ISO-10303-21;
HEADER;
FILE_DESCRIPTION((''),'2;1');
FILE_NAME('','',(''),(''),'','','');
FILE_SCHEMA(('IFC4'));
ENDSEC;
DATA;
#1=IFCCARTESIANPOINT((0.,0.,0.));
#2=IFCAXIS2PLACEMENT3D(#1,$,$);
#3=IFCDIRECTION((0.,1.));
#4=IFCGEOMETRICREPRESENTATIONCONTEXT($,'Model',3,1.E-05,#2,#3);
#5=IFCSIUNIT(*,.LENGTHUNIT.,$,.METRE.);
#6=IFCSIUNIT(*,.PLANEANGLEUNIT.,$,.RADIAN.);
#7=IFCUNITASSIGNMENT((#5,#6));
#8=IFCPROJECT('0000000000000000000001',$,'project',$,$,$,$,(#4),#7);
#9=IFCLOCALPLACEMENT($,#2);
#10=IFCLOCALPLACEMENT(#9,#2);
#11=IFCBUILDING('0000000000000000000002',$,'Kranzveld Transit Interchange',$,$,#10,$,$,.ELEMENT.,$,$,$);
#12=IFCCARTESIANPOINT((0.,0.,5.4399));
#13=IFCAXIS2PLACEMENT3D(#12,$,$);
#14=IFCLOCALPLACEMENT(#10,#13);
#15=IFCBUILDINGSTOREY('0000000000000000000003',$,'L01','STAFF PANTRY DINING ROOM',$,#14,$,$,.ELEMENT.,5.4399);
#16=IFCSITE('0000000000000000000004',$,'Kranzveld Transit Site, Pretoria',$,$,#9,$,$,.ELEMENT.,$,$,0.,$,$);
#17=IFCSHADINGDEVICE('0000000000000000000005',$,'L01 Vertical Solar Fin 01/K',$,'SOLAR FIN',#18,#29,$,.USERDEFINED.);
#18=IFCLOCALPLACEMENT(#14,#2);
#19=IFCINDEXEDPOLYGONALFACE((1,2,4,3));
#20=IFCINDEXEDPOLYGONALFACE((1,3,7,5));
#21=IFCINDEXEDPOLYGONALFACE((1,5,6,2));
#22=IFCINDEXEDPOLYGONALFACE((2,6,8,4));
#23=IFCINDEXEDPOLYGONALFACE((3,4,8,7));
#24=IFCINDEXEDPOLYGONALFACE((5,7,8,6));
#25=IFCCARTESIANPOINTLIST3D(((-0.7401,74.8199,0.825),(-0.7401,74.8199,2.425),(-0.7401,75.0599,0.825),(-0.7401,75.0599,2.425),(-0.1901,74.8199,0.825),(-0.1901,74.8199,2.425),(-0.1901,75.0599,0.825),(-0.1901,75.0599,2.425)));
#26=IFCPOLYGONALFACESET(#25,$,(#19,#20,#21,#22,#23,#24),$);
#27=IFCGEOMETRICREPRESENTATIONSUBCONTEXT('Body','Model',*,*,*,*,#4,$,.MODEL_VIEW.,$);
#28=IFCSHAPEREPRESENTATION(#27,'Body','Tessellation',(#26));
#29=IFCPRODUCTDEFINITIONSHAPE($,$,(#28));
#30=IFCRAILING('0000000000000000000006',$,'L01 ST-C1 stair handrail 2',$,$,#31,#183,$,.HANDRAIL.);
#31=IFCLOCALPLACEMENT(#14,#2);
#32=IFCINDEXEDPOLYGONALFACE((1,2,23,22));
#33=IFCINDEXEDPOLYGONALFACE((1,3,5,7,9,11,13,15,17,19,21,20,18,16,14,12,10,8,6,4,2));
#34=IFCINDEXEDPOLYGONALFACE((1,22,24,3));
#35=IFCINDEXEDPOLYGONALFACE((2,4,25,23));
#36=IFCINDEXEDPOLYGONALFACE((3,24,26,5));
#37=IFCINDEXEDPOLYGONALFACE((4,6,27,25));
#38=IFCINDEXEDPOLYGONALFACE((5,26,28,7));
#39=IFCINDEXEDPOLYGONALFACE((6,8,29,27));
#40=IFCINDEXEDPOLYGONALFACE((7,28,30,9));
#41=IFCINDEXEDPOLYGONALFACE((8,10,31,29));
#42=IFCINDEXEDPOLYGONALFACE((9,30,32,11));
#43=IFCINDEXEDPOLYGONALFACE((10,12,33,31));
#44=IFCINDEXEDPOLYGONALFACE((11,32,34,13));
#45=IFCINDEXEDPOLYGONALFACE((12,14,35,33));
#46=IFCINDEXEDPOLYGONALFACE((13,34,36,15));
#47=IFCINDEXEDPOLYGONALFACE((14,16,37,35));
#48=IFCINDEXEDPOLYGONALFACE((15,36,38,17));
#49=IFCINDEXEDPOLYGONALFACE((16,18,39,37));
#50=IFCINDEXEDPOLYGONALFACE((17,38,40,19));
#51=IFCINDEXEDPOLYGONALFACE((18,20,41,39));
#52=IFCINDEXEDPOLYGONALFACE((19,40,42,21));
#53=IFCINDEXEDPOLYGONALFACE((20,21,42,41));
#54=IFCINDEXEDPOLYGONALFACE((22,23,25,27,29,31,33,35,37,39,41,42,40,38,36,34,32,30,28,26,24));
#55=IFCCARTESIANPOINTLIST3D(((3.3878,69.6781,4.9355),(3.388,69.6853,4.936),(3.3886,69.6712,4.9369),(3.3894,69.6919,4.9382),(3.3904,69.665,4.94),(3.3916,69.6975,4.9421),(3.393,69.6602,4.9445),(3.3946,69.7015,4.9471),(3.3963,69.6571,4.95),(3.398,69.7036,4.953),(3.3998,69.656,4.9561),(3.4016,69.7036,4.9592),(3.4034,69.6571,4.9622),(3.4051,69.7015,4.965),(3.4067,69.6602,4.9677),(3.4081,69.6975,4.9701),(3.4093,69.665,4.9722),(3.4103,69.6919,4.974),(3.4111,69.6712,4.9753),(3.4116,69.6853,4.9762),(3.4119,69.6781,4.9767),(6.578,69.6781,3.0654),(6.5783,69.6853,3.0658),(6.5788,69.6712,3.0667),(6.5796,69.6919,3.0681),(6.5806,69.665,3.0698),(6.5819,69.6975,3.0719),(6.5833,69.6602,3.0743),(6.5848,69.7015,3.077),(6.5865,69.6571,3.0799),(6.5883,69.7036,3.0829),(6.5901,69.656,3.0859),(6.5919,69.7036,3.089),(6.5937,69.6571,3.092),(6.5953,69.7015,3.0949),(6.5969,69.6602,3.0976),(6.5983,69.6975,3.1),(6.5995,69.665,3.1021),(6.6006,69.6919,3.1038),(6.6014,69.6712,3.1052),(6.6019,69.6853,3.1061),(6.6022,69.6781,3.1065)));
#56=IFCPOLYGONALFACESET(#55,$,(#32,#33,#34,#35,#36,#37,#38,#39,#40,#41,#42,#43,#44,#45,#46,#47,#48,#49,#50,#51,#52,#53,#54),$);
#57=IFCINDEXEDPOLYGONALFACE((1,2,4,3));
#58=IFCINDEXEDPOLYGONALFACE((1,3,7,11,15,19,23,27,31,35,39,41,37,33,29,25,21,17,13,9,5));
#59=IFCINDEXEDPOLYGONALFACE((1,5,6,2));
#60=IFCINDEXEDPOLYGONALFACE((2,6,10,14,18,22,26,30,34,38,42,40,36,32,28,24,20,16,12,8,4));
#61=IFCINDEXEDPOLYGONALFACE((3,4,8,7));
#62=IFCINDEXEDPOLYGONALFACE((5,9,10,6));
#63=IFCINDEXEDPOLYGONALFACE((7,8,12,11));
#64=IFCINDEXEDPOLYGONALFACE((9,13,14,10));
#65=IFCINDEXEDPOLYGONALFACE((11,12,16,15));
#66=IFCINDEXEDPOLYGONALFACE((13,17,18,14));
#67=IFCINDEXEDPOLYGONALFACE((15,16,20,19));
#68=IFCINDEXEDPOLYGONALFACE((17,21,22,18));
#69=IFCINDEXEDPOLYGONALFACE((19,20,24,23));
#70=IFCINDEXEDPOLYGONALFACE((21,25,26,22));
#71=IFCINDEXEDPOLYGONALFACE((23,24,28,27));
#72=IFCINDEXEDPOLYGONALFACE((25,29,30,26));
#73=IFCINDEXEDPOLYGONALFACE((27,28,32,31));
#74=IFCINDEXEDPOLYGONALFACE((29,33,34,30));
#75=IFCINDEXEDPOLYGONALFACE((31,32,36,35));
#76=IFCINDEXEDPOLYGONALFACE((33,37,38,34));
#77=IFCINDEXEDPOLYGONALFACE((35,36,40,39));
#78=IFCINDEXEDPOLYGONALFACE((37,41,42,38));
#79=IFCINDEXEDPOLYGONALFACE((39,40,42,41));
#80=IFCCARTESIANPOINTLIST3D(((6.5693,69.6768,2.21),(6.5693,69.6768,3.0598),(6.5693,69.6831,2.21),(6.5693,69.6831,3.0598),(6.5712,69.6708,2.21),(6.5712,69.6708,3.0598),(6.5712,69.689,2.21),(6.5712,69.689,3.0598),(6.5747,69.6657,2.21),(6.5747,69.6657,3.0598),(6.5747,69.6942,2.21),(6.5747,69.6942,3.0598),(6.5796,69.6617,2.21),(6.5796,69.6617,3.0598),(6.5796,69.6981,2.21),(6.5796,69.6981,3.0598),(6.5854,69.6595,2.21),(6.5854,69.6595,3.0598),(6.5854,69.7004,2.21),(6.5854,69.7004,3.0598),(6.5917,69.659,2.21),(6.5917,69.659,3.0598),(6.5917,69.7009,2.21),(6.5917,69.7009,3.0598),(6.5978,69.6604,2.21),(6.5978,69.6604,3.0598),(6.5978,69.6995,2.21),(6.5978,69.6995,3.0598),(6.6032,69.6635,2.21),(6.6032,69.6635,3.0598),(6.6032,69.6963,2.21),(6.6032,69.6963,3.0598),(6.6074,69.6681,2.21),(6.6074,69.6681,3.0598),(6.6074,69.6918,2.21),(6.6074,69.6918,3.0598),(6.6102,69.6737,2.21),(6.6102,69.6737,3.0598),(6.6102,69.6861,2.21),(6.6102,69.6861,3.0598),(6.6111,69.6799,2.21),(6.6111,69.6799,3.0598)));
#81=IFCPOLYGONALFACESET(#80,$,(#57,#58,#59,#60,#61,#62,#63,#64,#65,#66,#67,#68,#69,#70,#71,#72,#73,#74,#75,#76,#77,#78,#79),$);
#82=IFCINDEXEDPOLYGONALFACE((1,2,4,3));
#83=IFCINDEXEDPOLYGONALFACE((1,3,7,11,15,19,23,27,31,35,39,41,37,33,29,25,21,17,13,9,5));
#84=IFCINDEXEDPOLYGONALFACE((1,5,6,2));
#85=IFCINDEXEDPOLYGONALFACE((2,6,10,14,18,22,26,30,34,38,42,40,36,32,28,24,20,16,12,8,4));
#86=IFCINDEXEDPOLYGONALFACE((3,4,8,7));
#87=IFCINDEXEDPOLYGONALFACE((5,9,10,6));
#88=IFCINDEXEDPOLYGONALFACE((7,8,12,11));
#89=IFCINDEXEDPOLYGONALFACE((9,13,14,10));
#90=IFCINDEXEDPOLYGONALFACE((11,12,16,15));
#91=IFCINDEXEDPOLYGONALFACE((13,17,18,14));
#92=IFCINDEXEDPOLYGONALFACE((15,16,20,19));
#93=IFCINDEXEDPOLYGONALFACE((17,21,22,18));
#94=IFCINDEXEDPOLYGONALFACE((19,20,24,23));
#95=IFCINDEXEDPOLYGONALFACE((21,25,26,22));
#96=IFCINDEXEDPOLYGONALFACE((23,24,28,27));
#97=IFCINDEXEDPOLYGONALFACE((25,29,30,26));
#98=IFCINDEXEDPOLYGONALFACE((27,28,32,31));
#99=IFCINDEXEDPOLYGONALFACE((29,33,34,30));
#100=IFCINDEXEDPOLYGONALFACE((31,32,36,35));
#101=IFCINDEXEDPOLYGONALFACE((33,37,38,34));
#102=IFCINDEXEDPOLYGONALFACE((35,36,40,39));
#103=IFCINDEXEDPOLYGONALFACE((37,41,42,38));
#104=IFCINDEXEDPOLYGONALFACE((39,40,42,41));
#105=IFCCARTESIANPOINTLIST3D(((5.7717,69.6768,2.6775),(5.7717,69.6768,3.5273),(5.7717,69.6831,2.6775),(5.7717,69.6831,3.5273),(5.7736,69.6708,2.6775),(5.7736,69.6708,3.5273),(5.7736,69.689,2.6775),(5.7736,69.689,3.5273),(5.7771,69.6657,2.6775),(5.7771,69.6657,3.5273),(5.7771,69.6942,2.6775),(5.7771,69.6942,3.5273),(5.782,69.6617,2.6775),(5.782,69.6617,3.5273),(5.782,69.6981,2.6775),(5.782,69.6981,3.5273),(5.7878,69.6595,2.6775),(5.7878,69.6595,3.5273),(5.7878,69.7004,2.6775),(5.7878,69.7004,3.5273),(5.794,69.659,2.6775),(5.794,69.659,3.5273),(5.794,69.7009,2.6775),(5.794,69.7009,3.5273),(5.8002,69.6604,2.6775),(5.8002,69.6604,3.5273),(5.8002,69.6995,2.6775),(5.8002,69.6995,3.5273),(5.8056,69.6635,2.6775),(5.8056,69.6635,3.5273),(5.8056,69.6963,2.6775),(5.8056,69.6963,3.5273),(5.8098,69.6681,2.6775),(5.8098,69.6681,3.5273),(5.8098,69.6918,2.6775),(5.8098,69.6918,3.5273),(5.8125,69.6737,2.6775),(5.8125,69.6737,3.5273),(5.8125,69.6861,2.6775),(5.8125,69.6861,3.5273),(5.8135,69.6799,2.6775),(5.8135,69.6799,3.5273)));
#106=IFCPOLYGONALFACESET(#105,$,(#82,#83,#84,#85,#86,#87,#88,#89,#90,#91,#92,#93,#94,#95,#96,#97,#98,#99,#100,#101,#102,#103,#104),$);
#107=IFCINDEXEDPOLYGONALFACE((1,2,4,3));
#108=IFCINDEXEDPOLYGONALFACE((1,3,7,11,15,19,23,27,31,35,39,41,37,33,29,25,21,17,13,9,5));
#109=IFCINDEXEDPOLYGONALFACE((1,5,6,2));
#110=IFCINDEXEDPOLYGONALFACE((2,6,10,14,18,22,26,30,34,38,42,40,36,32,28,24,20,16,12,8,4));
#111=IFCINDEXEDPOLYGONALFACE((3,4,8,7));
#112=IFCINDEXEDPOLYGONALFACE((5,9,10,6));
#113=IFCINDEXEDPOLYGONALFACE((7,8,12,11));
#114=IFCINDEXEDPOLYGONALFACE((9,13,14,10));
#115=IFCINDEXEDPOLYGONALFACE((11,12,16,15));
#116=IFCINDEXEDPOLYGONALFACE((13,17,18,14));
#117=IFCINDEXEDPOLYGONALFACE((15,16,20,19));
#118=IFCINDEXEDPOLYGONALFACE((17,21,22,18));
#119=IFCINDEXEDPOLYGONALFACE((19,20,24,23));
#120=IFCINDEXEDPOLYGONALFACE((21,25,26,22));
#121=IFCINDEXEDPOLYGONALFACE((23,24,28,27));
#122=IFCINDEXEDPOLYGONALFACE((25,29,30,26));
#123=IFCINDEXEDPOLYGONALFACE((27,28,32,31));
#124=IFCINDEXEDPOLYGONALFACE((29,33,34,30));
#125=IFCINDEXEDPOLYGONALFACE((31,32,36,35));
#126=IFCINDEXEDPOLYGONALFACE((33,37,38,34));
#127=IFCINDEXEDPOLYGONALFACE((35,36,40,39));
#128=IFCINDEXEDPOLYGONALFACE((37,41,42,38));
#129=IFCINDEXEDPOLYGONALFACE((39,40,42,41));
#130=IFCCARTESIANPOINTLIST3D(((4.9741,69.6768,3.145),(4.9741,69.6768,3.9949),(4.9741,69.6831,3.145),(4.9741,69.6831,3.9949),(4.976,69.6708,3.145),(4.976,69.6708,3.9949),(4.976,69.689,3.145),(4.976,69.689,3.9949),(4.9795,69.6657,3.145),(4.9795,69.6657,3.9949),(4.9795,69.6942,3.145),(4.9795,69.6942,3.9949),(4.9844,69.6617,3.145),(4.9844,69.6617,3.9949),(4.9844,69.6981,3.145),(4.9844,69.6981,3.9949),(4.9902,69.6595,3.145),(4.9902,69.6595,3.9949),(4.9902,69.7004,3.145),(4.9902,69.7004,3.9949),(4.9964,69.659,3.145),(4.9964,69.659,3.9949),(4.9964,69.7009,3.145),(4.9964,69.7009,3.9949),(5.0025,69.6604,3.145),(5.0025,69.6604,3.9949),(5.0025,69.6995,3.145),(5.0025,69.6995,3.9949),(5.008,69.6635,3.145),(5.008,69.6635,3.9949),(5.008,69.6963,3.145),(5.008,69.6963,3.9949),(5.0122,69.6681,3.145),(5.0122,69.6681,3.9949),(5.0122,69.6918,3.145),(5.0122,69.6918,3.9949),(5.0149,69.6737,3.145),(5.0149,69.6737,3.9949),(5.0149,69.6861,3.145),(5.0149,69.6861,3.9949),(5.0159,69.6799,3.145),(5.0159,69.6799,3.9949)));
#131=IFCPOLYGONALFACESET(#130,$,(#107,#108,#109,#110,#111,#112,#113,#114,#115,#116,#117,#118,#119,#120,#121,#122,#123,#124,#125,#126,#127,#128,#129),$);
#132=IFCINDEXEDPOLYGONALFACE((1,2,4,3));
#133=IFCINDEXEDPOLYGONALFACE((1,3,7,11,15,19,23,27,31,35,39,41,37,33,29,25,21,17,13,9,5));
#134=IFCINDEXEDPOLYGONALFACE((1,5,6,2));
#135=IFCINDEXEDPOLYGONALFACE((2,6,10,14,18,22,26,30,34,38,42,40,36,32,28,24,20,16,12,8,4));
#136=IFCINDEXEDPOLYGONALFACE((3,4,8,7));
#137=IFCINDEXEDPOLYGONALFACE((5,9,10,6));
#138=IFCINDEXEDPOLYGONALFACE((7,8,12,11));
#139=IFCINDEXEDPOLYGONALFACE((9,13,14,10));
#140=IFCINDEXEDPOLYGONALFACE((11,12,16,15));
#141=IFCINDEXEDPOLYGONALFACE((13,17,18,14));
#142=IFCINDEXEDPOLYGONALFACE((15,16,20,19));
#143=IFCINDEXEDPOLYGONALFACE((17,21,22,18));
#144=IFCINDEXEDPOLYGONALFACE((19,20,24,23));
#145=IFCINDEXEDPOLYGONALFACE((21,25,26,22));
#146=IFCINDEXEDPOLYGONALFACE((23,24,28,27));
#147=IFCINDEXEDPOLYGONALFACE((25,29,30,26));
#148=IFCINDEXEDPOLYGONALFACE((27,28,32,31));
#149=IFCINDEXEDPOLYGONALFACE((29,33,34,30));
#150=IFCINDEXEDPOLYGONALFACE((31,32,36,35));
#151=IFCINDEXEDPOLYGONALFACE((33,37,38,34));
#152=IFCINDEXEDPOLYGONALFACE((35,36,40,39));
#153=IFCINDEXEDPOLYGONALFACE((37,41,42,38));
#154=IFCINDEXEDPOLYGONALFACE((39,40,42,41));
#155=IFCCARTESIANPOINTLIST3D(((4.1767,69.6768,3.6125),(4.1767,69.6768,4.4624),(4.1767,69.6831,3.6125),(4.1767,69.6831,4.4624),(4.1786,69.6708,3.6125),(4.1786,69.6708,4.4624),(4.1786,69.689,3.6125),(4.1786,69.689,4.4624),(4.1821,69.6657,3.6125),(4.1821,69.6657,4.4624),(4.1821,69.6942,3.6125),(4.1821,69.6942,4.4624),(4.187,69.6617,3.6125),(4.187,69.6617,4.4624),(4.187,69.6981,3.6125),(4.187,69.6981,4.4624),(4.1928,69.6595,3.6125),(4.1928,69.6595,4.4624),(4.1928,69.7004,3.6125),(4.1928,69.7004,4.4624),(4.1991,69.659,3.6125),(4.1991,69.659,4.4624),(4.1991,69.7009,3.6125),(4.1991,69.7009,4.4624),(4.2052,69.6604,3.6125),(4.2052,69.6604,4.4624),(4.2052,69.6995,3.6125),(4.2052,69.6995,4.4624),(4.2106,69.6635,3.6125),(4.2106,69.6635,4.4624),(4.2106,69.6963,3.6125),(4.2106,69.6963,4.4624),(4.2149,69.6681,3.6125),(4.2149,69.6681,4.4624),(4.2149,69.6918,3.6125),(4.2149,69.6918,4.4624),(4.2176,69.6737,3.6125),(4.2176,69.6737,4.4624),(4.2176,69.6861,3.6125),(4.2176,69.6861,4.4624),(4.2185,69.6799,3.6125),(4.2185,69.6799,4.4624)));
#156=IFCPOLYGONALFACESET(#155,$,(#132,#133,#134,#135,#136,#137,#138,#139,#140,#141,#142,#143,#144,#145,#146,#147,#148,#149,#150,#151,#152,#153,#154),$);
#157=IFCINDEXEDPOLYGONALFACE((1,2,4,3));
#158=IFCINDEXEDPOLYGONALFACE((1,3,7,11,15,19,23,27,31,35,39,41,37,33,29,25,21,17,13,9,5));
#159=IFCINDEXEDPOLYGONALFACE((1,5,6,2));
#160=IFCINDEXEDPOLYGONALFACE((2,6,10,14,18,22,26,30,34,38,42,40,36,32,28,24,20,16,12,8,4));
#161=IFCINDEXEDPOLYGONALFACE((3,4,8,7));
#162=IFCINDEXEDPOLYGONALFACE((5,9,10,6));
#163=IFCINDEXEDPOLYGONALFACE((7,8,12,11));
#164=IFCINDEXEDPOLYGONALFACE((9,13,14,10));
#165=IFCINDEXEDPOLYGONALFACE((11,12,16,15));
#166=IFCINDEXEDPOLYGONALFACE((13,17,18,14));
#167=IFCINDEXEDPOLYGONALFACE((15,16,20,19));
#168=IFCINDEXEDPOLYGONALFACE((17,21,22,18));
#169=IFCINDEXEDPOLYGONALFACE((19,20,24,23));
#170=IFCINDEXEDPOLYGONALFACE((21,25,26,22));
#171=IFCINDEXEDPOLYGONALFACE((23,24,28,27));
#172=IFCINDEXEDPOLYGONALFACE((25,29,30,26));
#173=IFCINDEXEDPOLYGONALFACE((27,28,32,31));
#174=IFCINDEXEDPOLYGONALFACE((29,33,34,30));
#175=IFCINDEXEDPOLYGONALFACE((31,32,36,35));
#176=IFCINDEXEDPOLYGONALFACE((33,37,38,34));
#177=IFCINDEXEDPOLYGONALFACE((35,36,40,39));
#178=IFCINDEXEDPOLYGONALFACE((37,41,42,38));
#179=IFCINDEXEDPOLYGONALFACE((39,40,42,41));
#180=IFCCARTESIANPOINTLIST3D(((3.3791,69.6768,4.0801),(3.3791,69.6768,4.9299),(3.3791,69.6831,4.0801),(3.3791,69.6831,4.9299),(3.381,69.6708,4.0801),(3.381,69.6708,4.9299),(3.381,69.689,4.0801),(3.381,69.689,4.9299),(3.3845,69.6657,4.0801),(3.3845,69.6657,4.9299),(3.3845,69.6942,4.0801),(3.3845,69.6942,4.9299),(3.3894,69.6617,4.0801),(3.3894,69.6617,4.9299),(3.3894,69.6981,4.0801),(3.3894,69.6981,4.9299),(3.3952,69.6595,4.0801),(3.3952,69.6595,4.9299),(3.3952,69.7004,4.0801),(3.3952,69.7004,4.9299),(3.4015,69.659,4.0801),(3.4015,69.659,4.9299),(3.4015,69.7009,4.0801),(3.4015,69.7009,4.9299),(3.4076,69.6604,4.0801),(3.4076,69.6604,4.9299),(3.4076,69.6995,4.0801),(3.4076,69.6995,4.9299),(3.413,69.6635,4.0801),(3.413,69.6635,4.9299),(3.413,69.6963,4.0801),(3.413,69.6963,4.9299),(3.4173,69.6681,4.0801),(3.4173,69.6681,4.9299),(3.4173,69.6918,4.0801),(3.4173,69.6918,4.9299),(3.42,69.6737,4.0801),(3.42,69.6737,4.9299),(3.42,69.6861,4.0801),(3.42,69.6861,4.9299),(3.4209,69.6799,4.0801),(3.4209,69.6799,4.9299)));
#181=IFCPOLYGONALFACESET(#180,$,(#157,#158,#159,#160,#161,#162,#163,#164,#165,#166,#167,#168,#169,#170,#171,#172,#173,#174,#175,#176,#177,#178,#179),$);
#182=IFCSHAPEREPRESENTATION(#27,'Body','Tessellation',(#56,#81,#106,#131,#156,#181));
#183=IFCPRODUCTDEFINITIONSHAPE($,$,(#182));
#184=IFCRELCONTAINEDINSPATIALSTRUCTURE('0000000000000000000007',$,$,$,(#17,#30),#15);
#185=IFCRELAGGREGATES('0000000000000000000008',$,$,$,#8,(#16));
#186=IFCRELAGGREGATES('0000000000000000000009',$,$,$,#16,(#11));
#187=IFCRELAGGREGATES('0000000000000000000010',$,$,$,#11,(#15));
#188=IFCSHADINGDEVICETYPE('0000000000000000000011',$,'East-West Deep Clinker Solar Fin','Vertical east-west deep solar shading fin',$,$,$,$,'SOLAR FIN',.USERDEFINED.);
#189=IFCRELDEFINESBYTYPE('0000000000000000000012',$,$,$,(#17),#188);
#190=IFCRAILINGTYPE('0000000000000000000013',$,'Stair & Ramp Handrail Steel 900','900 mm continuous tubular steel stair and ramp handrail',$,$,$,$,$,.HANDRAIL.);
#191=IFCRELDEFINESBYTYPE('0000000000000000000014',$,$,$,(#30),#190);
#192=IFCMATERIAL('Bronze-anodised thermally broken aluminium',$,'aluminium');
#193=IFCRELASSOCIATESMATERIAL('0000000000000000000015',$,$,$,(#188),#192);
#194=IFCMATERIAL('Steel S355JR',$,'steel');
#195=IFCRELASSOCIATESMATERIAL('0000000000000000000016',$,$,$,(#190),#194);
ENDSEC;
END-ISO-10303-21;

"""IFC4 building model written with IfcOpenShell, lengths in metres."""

from ifc_helpers import new_model, si_unit, direction, frame, origin, origin_2d, place, context, subcontext, project, spatial, rectangle, circle, extrude, material, type_object, element, save


model = new_model("IFC4")

# Units and contexts
model_context = context("Model", 3, precision=1e-05, world=origin(), true_north=direction((0.0, 1.0)))
body_context = subcontext(model_context, "Body", "Model", "MODEL_VIEW")
ifc_project = project(units=[si_unit("LENGTHUNIT", "METRE"), si_unit("PLANEANGLEUNIT", "RADIAN")], contexts=[model_context])

# Site, building, storey
site_placement = place(None, origin())
site = spatial("IfcSite", under=ifc_project, at=site_placement, Name="Kranzveld Transit Site, Pretoria", CompositionType="ELEMENT", RefElevation=0.0)
building_placement = place(site_placement, origin())
building = spatial("IfcBuilding", under=site, at=building_placement, Name="Kranzveld Transit Interchange", CompositionType="ELEMENT")
storey_placement = place(building_placement, frame((0.0, 0.0, 5.4399)))
storey = spatial("IfcBuildingStorey", under=building, at=storey_placement, Name="L01", Description="STAFF PANTRY DINING ROOM", CompositionType="ELEMENT", Elevation=5.4399)

# Shading device
ifc_material_1 = material(Name="Bronze-anodised thermally broken aluminium", Category="aluminium")
shading_device_type = type_object("IfcShadingDeviceType", Name="East-West Deep Clinker Solar Fin", Description="Vertical east-west deep solar shading fin", ElementType="SOLAR FIN", PredefinedType="USERDEFINED", material=ifc_material_1)
shading_device_placement = place(storey_placement, frame((-0.4651, 74.9399, 0.825), z_axis=(0.0, 0.0, 1.0), x_axis=(0.0, 1.0, 0.0)))
element("IfcShadingDevice", 1, at=shading_device_placement, inside=storey, type_object=shading_device_type, Name="L01 Vertical Solar Fin 01/K", ObjectType="SOLAR FIN", PredefinedType="USERDEFINED", context=body_context, shape_type="SweptSolid", body=[
    extrude(rectangle(XDim=0.24, YDim=0.55, at=origin_2d()), origin(), (0.0, 0.0, 1.0), 1.6001),
])

# Railing
ifc_material_2 = material(Name="Steel S355JR", Category="steel")
railing_type_1 = type_object("IfcRailingType", Name="Stair & Ramp Handrail Steel 900", Description="900 mm continuous tubular steel stair and ramp handrail", PredefinedType="HANDRAIL", material=ifc_material_2)
railing_1_placement = place(storey_placement, frame((6.5901, 69.6799, 2.21)))
element("IfcRailing", 2, at=railing_1_placement, inside=storey, type_object=railing_type_1, Name="L01 ST-C1 stair handrail 2", PredefinedType="HANDRAIL", context=body_context, shape_type="SweptSolid", body=[
    extrude(circle(Radius=0.0239, at=origin_2d()), frame((0.0, 0.0, 0.876), z_axis=(-0.862697, 0.0, 0.505721), x_axis=(0.0, -1.0, 0.0)), (0.0, 0.0, 1.0), 3.698),
    extrude(circle(Radius=0.021, at=origin_2d()), origin(), (0.0, 0.0, 1.0), 0.8499),
    extrude(circle(Radius=0.021, at=origin_2d()), frame((-0.7976, 0.0, 0.4675)), (0.0, 0.0, 1.0), 0.8499),
    extrude(circle(Radius=0.021, at=origin_2d()), frame((-1.5952, 0.0, 0.9351)), (0.0, 0.0, 1.0), 0.8499),
    extrude(circle(Radius=0.021, at=origin_2d()), frame((-2.3926, 0.0, 1.4026)), (0.0, 0.0, 1.0), 0.8499),
    extrude(circle(Radius=0.021, at=origin_2d()), frame((-3.1902, 0.0, 1.8701)), (0.0, 0.0, 1.0), 0.8499),
])

save(model, "model.ifc")
